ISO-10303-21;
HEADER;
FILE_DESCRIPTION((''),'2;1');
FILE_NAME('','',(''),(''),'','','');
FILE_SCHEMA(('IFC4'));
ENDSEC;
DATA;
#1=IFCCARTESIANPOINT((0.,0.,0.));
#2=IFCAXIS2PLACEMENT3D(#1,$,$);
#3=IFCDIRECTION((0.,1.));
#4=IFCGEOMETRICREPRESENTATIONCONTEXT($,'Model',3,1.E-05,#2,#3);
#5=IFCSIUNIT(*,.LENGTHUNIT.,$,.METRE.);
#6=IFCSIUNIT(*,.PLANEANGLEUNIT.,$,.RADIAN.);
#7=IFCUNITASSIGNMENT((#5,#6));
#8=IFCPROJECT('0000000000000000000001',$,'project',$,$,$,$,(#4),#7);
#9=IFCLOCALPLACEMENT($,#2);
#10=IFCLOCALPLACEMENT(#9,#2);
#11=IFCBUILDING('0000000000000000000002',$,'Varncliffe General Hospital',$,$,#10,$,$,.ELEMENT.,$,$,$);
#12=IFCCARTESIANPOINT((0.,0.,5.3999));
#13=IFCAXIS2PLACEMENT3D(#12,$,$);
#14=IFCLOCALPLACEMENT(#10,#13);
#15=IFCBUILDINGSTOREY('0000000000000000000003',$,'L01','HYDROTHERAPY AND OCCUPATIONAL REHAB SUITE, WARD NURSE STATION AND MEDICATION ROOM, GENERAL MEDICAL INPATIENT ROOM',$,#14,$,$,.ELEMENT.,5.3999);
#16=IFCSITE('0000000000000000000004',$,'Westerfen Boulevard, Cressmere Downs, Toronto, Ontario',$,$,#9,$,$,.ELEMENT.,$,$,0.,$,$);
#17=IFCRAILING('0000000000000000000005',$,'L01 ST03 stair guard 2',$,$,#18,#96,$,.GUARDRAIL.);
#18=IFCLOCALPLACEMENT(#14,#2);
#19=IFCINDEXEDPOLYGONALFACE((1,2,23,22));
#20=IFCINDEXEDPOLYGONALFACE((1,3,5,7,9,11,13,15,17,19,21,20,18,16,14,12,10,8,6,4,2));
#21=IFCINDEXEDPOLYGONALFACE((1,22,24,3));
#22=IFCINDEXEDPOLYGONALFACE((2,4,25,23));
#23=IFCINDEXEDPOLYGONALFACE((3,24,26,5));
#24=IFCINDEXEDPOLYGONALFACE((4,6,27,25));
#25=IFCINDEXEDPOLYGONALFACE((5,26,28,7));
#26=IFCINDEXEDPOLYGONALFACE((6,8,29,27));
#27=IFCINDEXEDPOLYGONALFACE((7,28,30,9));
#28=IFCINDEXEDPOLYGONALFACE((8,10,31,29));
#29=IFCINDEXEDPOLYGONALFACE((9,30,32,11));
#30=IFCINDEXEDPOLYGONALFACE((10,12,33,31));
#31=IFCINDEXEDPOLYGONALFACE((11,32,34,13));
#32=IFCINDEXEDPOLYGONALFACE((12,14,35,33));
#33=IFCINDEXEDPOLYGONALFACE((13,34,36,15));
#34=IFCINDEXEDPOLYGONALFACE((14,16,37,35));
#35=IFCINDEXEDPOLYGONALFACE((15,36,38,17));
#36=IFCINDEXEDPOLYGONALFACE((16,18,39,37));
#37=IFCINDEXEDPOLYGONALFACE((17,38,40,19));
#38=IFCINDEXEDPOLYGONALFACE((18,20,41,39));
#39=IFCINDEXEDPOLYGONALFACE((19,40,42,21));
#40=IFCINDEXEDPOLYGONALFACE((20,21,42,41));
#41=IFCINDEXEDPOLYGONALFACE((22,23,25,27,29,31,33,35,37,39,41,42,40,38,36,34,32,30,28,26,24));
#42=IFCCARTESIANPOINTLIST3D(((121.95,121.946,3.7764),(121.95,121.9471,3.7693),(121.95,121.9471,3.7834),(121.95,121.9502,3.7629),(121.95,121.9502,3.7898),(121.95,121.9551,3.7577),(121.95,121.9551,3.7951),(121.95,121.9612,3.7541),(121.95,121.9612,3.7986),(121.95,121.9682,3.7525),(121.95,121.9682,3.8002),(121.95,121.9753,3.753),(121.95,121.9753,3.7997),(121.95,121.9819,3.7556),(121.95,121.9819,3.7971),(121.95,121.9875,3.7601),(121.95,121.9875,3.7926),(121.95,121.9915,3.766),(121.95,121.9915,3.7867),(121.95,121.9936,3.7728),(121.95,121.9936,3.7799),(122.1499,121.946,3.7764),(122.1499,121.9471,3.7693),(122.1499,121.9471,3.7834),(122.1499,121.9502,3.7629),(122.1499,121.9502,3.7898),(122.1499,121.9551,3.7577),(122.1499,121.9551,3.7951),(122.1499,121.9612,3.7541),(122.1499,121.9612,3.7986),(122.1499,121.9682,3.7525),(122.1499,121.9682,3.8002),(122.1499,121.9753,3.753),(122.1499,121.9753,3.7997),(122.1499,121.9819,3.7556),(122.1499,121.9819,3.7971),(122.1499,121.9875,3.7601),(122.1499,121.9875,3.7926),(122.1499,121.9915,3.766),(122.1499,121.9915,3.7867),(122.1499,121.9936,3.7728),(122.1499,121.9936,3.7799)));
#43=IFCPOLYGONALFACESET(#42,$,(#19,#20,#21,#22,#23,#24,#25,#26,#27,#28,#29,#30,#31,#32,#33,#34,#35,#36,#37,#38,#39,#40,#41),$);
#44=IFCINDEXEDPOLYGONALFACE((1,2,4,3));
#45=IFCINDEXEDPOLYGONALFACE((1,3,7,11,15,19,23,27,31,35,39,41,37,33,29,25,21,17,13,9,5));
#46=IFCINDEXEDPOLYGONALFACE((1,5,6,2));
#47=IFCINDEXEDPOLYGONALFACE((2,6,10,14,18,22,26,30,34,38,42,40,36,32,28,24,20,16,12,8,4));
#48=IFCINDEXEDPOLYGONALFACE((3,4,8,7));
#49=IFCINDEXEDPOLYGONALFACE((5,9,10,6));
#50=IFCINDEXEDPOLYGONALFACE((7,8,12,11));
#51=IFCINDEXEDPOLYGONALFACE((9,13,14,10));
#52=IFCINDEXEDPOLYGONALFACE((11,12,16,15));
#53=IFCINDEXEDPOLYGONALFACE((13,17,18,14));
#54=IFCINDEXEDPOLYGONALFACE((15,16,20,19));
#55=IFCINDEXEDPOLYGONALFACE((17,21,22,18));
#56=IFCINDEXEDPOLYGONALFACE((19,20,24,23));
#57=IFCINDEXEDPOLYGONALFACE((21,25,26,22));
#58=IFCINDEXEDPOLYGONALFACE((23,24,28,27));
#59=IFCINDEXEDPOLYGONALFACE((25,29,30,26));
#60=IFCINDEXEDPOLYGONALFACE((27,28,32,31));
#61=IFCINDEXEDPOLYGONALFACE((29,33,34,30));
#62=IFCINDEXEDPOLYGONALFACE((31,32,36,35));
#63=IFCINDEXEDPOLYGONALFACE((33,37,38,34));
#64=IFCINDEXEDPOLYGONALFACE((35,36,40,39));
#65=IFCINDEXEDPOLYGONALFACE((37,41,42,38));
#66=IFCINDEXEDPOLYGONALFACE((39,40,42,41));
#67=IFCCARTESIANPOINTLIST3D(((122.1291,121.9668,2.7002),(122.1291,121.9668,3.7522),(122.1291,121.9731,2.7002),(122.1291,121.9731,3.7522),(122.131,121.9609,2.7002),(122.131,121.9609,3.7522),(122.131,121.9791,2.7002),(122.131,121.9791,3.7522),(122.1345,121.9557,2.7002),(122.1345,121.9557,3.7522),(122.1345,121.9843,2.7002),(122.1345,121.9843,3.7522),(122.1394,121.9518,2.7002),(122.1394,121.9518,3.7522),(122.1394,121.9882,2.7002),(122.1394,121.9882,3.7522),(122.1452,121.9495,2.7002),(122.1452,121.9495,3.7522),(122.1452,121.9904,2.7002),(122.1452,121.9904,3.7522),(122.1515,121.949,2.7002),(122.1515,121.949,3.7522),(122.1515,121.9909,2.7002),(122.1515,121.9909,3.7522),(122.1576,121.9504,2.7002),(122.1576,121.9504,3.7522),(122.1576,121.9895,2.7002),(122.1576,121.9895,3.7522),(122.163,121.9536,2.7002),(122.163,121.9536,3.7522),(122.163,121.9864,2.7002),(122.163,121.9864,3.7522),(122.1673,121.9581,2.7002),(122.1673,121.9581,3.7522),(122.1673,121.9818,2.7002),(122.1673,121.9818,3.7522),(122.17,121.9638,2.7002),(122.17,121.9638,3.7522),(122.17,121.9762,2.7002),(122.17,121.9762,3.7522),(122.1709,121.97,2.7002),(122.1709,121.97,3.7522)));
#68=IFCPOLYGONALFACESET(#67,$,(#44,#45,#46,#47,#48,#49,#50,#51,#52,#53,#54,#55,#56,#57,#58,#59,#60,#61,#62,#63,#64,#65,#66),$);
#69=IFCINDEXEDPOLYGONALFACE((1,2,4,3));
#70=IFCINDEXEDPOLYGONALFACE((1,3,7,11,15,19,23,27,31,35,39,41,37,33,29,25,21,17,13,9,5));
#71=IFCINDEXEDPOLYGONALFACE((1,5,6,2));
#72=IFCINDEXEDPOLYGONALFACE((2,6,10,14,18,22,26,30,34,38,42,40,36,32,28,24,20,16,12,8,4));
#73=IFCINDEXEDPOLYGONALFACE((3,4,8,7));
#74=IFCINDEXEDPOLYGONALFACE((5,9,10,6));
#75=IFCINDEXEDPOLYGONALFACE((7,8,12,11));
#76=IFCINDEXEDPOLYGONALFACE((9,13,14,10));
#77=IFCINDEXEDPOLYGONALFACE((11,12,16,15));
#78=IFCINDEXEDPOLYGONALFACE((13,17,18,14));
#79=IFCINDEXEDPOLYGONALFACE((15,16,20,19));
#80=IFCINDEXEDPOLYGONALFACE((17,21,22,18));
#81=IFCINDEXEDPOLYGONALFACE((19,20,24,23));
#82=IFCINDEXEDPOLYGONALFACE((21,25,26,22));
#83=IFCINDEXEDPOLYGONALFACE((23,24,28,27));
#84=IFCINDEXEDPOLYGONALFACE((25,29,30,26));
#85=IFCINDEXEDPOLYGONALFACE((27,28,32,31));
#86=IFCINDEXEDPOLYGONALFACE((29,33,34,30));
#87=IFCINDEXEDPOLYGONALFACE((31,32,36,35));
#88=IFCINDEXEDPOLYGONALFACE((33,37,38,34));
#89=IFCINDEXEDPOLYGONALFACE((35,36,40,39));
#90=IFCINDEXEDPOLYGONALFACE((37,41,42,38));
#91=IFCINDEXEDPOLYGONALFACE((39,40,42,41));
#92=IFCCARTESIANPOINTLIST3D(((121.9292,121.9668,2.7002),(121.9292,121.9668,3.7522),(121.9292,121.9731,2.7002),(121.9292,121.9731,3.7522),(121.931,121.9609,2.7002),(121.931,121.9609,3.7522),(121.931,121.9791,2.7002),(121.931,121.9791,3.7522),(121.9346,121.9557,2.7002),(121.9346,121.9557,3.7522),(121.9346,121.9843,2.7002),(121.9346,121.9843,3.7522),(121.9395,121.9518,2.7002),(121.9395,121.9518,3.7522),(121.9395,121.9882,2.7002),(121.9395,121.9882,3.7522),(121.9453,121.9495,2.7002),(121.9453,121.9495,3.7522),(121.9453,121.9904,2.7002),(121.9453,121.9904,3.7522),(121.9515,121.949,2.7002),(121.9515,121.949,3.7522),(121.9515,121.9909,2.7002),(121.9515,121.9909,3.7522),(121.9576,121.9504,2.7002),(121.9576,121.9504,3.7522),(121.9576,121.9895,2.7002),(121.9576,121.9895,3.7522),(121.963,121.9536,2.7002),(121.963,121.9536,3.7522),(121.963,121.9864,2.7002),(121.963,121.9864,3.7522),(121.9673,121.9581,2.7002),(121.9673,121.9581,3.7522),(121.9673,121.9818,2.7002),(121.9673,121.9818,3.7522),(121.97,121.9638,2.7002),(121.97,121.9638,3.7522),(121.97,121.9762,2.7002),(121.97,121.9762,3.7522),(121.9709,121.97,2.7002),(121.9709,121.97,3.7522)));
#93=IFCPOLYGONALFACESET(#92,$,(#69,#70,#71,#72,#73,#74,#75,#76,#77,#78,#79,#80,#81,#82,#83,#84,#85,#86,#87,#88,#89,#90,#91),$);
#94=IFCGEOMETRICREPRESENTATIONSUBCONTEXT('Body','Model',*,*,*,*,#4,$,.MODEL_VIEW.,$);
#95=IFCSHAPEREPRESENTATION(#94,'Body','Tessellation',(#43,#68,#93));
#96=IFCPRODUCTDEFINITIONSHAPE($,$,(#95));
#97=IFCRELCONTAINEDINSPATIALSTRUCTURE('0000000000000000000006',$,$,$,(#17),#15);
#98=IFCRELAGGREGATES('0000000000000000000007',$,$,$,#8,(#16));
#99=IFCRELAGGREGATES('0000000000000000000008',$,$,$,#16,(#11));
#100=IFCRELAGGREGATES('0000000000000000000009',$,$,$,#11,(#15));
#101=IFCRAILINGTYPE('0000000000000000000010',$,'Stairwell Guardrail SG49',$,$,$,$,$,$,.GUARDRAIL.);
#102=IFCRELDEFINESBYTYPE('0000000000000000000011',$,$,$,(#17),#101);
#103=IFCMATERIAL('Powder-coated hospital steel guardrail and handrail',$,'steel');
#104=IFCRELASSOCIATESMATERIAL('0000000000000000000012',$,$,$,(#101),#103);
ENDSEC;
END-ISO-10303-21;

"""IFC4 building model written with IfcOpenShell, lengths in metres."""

from ifc_helpers import new_model, si_unit, direction, frame, origin, origin_2d, place, context, subcontext, project, spatial, circle, extrude, material, type_object, element, save


model = new_model("IFC4")

# Units and contexts
model_context = context("Model", 3, precision=1e-05, world=origin(), true_north=direction((0.0, 1.0)))
body_context = subcontext(model_context, "Body", "Model", "MODEL_VIEW")
ifc_project = project(units=[si_unit("LENGTHUNIT", "METRE"), si_unit("PLANEANGLEUNIT", "RADIAN")], contexts=[model_context])

# Site, building, storey
site_placement = place(None, origin())
site = spatial("IfcSite", under=ifc_project, at=site_placement, Name="Westerfen Boulevard, Cressmere Downs, Toronto, Ontario", CompositionType="ELEMENT", RefElevation=0.0)
building_placement = place(site_placement, origin())
building = spatial("IfcBuilding", under=site, at=building_placement, Name="Varncliffe General Hospital", CompositionType="ELEMENT")
storey_placement = place(building_placement, frame((0.0, 0.0, 5.3999)))
storey = spatial("IfcBuildingStorey", under=building, at=storey_placement, Name="L01", Description="HYDROTHERAPY AND OCCUPATIONAL REHAB SUITE, WARD NURSE STATION AND MEDICATION ROOM, GENERAL MEDICAL INPATIENT ROOM", CompositionType="ELEMENT", Elevation=5.3999)

# Railing
ifc_material_1 = material(Name="Powder-coated hospital steel guardrail and handrail", Category="steel")
railing_type_1 = type_object("IfcRailingType", Name="Stairwell Guardrail SG49", PredefinedType="GUARDRAIL", material=ifc_material_1)
railing_1_placement = place(storey_placement, frame((122.1499, 121.97, 2.7002)))
element("IfcRailing", 1, at=railing_1_placement, inside=storey, type_object=railing_type_1, Name="L01 ST03 stair guard 2", PredefinedType="GUARDRAIL", context=body_context, shape_type="SweptSolid", body=[
    extrude(circle(Radius=0.0239, at=origin_2d()), frame((0.0, 0.0, 1.0762), z_axis=(-1.0, 0.0, 0.0), x_axis=(0.0, -1.0, 0.0)), (0.0, 0.0, 1.0), 0.2),
    extrude(circle(Radius=0.021, at=origin_2d()), origin(), (0.0, 0.0, 1.0), 1.052),
    extrude(circle(Radius=0.021, at=origin_2d()), frame((-0.2, 0.0, 0.0)), (0.0, 0.0, 1.0), 1.052),
])

save(model, "model.ifc")
